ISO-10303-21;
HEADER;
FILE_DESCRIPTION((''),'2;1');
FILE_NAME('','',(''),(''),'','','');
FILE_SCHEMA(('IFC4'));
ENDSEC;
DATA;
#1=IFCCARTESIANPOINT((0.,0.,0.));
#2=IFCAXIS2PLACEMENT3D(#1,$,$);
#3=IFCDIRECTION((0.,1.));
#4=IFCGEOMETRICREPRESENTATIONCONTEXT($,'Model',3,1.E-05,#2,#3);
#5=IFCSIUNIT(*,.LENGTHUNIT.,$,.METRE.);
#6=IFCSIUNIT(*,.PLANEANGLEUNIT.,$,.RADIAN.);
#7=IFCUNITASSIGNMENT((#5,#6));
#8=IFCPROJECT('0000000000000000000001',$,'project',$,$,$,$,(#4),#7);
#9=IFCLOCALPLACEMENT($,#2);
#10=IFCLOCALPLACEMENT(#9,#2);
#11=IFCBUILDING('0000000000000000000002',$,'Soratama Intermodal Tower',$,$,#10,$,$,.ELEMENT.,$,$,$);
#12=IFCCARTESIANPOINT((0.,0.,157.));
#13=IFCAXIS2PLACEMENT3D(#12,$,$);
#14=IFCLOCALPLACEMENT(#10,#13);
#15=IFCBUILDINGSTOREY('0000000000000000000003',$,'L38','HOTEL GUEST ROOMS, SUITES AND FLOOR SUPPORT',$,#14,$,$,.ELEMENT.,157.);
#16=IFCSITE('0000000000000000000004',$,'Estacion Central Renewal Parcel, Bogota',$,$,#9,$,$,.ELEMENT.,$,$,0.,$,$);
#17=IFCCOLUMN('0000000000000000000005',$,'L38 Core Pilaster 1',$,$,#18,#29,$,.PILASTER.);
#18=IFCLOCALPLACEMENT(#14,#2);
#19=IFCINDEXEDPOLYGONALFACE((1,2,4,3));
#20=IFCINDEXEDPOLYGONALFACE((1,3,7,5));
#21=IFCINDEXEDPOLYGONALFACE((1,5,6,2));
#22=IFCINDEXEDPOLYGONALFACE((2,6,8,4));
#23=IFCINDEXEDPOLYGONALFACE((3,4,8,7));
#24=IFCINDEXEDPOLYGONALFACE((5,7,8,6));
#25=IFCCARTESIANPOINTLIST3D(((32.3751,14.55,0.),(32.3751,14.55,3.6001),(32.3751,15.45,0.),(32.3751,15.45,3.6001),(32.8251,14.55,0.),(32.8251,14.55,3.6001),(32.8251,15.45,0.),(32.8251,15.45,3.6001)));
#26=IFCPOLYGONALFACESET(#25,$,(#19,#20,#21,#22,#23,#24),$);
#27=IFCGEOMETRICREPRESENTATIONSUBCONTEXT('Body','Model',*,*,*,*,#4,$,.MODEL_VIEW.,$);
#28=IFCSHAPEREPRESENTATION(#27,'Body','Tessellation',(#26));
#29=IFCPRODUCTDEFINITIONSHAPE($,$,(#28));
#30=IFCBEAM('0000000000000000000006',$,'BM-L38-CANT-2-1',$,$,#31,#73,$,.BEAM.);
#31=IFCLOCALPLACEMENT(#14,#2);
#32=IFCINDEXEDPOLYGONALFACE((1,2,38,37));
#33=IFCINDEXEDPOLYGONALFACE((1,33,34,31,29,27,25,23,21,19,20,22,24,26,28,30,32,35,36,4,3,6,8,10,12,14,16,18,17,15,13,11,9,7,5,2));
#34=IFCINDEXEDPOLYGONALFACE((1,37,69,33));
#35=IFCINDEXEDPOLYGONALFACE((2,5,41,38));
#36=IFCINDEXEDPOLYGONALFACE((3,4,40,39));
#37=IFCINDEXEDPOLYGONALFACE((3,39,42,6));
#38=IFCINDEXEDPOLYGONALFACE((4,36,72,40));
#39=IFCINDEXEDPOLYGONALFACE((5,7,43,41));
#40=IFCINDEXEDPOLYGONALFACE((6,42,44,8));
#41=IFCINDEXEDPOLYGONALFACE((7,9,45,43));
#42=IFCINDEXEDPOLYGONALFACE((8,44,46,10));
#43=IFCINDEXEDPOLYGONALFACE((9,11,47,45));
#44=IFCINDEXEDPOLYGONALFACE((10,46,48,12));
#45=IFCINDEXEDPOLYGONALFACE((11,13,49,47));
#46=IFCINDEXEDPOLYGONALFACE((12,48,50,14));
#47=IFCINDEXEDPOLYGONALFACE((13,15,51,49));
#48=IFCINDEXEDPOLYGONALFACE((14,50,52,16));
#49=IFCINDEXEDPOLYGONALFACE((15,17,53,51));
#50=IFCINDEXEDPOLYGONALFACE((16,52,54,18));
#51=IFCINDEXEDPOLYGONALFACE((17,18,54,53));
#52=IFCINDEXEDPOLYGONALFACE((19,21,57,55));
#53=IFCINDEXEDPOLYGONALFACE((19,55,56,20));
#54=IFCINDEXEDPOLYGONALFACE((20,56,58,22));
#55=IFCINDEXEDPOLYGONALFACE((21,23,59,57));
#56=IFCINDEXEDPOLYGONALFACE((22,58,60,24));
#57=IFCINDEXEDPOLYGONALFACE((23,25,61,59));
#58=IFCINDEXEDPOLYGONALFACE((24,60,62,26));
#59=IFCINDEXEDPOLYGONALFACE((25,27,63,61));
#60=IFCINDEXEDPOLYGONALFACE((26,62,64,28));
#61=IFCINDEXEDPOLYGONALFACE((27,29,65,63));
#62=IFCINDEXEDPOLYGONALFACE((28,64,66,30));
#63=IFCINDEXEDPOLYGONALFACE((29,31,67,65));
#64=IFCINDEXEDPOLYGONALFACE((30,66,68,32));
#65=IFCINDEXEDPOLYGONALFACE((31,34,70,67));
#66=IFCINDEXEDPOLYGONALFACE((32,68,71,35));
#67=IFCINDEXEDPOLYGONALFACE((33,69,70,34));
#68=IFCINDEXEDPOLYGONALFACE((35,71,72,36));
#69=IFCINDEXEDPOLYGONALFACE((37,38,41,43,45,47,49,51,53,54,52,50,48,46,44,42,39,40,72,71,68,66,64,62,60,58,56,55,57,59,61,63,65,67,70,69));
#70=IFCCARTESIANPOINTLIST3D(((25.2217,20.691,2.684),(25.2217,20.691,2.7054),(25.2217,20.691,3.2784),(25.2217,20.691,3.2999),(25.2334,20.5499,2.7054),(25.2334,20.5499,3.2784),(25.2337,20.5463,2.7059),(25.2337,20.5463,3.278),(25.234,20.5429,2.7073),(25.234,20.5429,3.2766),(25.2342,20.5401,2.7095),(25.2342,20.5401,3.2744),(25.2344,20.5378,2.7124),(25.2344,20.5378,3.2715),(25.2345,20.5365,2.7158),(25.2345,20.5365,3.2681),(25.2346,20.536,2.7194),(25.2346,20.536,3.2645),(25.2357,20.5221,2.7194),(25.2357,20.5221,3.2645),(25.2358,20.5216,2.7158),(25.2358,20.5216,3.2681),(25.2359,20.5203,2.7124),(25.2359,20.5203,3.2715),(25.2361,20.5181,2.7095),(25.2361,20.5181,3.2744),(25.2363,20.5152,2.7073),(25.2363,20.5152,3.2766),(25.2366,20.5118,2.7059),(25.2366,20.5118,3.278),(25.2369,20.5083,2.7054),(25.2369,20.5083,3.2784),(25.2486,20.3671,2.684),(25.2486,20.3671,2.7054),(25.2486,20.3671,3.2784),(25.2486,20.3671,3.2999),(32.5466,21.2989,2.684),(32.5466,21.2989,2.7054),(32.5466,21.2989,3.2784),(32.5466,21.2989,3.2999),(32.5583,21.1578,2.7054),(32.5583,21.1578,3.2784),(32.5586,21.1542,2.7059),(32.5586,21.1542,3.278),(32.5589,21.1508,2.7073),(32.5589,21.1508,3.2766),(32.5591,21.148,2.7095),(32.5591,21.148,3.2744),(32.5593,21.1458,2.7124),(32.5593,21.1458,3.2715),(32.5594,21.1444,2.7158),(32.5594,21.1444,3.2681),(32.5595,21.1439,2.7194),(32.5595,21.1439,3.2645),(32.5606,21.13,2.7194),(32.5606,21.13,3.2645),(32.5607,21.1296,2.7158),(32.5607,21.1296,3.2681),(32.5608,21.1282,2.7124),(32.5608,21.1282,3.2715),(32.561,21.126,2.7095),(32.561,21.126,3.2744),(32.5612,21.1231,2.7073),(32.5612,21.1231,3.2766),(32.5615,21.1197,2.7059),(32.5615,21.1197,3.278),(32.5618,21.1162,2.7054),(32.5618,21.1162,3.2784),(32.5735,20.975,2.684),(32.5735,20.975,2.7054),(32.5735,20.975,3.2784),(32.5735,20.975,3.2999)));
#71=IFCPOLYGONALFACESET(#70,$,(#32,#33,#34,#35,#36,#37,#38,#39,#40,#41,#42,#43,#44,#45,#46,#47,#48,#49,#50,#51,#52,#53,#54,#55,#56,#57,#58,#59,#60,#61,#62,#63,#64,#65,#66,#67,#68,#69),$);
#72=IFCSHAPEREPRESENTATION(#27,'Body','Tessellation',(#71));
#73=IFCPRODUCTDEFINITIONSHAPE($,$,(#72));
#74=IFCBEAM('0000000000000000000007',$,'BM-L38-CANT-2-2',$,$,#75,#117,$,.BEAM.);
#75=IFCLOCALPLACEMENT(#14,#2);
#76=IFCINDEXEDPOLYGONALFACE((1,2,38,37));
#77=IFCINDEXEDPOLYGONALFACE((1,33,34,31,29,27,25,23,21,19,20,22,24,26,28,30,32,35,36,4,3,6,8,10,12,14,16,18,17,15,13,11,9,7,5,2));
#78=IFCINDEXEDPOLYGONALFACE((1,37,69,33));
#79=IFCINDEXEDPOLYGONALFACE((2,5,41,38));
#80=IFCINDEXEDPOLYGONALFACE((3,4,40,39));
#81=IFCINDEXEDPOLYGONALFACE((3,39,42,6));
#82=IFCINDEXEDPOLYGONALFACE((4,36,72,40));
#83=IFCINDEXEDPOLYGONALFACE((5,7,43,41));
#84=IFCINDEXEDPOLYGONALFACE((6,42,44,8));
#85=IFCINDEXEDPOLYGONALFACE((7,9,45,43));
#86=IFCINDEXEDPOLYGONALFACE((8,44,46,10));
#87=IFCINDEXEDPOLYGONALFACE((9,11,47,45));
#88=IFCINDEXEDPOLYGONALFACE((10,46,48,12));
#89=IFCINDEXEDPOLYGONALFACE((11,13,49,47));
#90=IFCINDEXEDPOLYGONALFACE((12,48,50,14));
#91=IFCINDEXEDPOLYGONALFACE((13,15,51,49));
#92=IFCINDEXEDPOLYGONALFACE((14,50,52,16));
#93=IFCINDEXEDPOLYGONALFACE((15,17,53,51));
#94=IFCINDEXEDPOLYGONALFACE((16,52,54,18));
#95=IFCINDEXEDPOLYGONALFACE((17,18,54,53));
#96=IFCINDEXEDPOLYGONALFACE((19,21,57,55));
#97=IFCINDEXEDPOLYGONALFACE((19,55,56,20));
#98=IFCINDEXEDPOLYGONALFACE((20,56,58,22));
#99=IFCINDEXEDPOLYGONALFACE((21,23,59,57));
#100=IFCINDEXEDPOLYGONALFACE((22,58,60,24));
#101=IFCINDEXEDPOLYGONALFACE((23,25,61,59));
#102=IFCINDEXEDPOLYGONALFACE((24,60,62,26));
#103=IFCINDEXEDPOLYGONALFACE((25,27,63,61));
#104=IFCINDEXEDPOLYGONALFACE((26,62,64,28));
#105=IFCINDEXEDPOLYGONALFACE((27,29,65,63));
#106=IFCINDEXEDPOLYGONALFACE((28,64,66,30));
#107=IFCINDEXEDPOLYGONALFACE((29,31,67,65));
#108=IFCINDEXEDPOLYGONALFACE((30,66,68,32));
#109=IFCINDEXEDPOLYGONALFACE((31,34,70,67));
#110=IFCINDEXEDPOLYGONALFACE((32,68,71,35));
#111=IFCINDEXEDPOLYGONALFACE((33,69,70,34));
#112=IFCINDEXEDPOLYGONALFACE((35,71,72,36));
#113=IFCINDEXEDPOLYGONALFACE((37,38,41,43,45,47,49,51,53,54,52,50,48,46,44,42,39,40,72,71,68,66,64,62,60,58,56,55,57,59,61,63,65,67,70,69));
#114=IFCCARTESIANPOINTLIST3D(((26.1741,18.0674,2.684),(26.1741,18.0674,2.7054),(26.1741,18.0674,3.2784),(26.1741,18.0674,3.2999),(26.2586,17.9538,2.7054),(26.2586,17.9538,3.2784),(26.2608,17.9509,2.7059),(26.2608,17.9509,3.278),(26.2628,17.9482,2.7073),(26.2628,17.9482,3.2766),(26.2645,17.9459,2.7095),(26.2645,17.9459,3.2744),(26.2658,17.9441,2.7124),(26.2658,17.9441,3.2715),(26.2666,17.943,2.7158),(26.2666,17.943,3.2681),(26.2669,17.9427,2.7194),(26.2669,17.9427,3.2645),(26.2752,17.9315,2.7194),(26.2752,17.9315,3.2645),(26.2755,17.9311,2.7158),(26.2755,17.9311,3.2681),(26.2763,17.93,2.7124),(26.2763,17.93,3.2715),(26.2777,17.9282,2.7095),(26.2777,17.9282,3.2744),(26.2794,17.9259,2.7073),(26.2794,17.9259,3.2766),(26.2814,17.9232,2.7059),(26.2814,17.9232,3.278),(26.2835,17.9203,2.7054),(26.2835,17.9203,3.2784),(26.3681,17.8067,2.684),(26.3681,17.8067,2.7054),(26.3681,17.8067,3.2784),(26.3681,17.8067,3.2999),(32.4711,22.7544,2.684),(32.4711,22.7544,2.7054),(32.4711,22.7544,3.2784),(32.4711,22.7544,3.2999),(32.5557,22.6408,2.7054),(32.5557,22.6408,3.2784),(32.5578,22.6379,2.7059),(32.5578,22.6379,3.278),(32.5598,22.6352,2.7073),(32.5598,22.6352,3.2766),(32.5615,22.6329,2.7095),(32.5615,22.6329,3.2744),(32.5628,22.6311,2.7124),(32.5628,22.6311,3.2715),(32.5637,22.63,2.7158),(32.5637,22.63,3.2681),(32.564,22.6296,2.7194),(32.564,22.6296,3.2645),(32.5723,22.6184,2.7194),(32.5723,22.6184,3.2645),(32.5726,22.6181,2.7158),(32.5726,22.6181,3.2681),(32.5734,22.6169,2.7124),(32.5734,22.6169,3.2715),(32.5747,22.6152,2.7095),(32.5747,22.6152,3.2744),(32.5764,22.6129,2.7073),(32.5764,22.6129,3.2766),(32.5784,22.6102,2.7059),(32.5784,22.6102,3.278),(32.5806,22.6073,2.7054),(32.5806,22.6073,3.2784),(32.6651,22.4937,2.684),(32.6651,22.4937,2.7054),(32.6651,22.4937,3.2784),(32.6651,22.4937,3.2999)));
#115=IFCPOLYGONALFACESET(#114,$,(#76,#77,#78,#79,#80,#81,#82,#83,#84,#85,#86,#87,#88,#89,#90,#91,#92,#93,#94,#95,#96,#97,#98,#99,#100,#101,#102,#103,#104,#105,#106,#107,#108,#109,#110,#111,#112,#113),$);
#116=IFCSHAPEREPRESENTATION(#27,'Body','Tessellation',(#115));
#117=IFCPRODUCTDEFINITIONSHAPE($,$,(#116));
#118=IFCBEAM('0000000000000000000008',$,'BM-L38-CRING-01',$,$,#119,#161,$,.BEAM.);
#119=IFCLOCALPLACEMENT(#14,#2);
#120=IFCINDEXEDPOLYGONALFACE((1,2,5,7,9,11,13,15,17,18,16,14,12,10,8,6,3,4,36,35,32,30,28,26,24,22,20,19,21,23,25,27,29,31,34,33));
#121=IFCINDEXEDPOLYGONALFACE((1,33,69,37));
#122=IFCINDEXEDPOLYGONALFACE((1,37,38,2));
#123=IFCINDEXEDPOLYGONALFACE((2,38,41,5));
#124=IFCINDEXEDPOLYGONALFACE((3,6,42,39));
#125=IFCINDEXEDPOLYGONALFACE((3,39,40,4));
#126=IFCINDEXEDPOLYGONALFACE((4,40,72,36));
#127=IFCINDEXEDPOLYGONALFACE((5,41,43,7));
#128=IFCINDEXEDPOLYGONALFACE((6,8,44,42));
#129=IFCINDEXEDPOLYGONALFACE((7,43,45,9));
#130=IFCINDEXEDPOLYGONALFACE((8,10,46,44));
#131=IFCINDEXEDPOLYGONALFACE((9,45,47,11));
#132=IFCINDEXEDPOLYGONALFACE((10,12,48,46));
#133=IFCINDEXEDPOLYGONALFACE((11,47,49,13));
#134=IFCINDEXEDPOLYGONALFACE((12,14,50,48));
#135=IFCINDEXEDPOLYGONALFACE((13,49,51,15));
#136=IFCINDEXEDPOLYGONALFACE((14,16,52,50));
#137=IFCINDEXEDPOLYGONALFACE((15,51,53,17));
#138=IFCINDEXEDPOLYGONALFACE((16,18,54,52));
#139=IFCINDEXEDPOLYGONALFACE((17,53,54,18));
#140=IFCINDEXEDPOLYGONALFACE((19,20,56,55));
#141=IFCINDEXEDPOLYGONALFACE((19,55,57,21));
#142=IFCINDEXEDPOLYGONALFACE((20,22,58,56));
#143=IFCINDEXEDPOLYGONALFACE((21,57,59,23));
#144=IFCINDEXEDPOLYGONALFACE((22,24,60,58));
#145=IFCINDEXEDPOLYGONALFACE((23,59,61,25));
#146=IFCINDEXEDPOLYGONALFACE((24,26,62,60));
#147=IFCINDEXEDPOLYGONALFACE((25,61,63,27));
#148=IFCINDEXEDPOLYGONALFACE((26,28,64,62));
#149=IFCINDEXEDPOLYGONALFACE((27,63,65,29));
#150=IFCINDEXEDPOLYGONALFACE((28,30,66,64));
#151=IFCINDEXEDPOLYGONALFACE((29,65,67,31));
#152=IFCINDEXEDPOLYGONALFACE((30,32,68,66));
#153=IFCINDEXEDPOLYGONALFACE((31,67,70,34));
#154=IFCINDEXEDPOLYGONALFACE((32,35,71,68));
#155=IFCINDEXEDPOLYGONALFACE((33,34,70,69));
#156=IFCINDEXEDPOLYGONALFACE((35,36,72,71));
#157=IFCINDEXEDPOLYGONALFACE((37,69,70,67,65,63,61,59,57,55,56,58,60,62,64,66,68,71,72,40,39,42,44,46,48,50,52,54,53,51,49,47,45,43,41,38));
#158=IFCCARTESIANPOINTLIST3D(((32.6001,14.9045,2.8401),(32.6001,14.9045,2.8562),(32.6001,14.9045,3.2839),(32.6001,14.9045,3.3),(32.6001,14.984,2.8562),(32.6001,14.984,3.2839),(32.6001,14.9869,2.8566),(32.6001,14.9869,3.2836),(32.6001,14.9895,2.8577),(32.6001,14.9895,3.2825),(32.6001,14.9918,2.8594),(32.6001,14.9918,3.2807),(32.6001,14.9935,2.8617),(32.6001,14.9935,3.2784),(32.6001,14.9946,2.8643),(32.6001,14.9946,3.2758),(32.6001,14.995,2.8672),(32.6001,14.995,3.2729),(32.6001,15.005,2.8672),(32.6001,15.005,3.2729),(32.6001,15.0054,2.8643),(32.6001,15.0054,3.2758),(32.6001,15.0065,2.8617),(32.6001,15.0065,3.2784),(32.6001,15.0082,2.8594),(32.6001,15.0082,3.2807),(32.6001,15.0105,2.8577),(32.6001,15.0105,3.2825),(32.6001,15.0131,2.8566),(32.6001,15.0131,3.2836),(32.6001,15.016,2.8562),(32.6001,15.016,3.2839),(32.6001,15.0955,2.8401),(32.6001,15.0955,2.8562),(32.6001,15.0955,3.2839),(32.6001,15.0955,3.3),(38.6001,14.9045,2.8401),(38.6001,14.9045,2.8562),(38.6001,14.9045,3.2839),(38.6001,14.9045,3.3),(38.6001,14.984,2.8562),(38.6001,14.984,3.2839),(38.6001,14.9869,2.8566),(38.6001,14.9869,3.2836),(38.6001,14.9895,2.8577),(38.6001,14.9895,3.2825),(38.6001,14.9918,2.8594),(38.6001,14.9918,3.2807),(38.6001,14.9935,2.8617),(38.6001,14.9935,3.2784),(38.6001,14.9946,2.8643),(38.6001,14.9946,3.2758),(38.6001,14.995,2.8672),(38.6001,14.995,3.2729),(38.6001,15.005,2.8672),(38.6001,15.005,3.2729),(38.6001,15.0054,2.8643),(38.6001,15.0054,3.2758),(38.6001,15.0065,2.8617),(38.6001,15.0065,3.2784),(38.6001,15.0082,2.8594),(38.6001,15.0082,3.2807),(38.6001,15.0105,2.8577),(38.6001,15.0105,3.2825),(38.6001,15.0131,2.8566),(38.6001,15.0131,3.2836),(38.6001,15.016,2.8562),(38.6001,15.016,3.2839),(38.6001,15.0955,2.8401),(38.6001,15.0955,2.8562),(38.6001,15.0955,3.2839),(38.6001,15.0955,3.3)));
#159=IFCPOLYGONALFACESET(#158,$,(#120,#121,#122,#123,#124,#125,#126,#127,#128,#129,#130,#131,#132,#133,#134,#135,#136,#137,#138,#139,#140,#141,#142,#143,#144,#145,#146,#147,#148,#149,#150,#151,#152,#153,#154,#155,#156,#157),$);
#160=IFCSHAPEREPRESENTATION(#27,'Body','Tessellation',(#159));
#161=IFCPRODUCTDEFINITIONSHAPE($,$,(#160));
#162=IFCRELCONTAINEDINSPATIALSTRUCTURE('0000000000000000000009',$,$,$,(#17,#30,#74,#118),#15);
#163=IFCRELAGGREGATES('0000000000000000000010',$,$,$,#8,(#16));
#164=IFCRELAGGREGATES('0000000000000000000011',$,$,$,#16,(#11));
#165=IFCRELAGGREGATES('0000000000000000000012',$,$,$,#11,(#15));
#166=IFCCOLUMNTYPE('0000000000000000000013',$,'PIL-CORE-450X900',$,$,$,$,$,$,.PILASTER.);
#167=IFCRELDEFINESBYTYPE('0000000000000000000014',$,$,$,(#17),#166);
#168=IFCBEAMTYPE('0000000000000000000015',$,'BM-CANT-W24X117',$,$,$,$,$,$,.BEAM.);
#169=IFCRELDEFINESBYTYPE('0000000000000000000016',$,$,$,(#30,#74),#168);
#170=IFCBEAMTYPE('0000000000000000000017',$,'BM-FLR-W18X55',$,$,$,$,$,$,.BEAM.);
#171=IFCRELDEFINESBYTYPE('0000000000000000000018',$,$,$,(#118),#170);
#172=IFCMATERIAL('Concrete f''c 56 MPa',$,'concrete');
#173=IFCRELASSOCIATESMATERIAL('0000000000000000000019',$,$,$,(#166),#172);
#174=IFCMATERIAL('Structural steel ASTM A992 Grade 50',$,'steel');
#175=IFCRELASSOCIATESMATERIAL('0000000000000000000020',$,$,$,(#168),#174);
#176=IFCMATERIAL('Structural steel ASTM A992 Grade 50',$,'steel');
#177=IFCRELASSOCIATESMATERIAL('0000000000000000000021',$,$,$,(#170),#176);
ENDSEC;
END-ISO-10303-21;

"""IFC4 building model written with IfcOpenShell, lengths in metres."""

from ifc_helpers import new_model, si_unit, direction, frame, origin, origin_2d, place, context, subcontext, project, spatial, rectangle, i_section, extrude, material, material_profile, profile_set, type_object, element, save


model = new_model("IFC4")

# Units and contexts
model_context = context("Model", 3, precision=1e-05, world=origin(), true_north=direction((0.0, 1.0)))
body_context = subcontext(model_context, "Body", "Model", "MODEL_VIEW")
ifc_project = project(units=[si_unit("LENGTHUNIT", "METRE"), si_unit("PLANEANGLEUNIT", "RADIAN")], contexts=[model_context])

# Site, building, storey
site_placement = place(None, origin())
site = spatial("IfcSite", under=ifc_project, at=site_placement, Name="Estacion Central Renewal Parcel, Bogota", CompositionType="ELEMENT", RefElevation=0.0)
building_placement = place(site_placement, origin())
building = spatial("IfcBuilding", under=site, at=building_placement, Name="Soratama Intermodal Tower", CompositionType="ELEMENT")
storey_placement = place(building_placement, frame((0.0, 0.0, 157.0)))
storey = spatial("IfcBuildingStorey", under=building, at=storey_placement, Name="L38", Description="HOTEL GUEST ROOMS, SUITES AND FLOOR SUPPORT", CompositionType="ELEMENT", Elevation=157.0)

# Column
ifc_material_1 = material(Name="Concrete f'c 56 MPa", Category="concrete")
ifc_material_profile_1 = material_profile(ifc_material_1, rectangle(XDim=0.45, YDim=0.8999, at=origin_2d()), Name="RC450X900")
ifc_profile_set_1 = profile_set([ifc_material_profile_1], Name="Concrete f'c 56 MPa")
column_type = type_object("IfcColumnType", Name="PIL-CORE-450X900", PredefinedType="PILASTER", material=ifc_profile_set_1)
column_placement = place(storey_placement, frame((32.6001, 15.0, 0.0), z_axis=(0.0, 0.0, 1.0), x_axis=(1.0, 0.0, 0.0)))
element("IfcColumn", 1, at=column_placement, inside=storey, type_object=column_type, Name="L38 Core Pilaster 1", PredefinedType="PILASTER", context=body_context, shape_type="SweptSolid", body=[
    extrude(rectangle(XDim=0.45, YDim=0.8999, at=origin_2d()), origin(), (0.0, 0.0, 1.0), 3.6001),
])

# Beams
ifc_material_2 = material(Name="Structural steel ASTM A992 Grade 50", Category="steel")
ifc_material_profile_2 = material_profile(ifc_material_2, i_section(OverallWidth=0.325, OverallDepth=0.616, WebThickness=0.0139, FlangeThickness=0.0215, FilletRadius=0.0139, at=origin_2d()), Name="W24X117")
ifc_profile_set_2 = profile_set([ifc_material_profile_2], Name="Structural steel ASTM A992 Grade 50")
beam_type_1 = type_object("IfcBeamType", Name="BM-CANT-W24X117", PredefinedType="BEAM", material=ifc_profile_set_2)
beam_1_placement = place(storey_placement, frame((32.5601, 21.137, 2.9919), z_axis=(-0.996574, -0.082707, 0.0), x_axis=(0.082707, -0.996574, 0.0)))
element("IfcBeam", 2, at=beam_1_placement, inside=storey, type_object=beam_type_1, Name="BM-L38-CANT-2-1", PredefinedType="BEAM", context=body_context, shape_type="SweptSolid", body=[
    extrude(i_section(OverallWidth=0.325, OverallDepth=0.616, WebThickness=0.0139, FlangeThickness=0.0215, FilletRadius=0.0139, at=origin_2d()), origin(), (0.0, 0.0, 1.0), 7.3501),
])
beam_2_placement = place(storey_placement, frame((32.5681, 22.624, 2.9919), z_axis=(-0.802185, -0.597075, 0.0), x_axis=(0.597075, -0.802185, 0.0)))
element("IfcBeam", 3, at=beam_2_placement, inside=storey, type_object=beam_type_1, Name="BM-L38-CANT-2-2", PredefinedType="BEAM", context=body_context, shape_type="SweptSolid", body=[
    extrude(i_section(OverallWidth=0.325, OverallDepth=0.616, WebThickness=0.0139, FlangeThickness=0.0215, FilletRadius=0.0139, at=origin_2d()), origin(), (0.0, 0.0, 1.0), 7.8499),
])
ifc_material_3 = material(Name="Structural steel ASTM A992 Grade 50", Category="steel")
ifc_material_profile_3 = material_profile(ifc_material_3, i_section(OverallWidth=0.1909, OverallDepth=0.46, WebThickness=0.01, FlangeThickness=0.0161, FilletRadius=0.011, at=origin_2d()), Name="W18X55")
ifc_profile_set_3 = profile_set([ifc_material_profile_3], Name="Structural steel ASTM A992 Grade 50")
beam_type_2 = type_object("IfcBeamType", Name="BM-FLR-W18X55", PredefinedType="BEAM", material=ifc_profile_set_3)
beam_3_placement = place(storey_placement, frame((32.6001, 15.0, 3.0701), z_axis=(1.0, 0.0, 0.0), x_axis=(0.0, 1.0, 0.0)))
element("IfcBeam", 4, at=beam_3_placement, inside=storey, type_object=beam_type_2, Name="BM-L38-CRING-01", PredefinedType="BEAM", context=body_context, shape_type="SweptSolid", body=[
    extrude(i_section(OverallWidth=0.1909, OverallDepth=0.46, WebThickness=0.01, FlangeThickness=0.0161, FilletRadius=0.011, at=origin_2d()), origin(), (0.0, 0.0, 1.0), 6.0),
])

save(model, "model.ifc")
